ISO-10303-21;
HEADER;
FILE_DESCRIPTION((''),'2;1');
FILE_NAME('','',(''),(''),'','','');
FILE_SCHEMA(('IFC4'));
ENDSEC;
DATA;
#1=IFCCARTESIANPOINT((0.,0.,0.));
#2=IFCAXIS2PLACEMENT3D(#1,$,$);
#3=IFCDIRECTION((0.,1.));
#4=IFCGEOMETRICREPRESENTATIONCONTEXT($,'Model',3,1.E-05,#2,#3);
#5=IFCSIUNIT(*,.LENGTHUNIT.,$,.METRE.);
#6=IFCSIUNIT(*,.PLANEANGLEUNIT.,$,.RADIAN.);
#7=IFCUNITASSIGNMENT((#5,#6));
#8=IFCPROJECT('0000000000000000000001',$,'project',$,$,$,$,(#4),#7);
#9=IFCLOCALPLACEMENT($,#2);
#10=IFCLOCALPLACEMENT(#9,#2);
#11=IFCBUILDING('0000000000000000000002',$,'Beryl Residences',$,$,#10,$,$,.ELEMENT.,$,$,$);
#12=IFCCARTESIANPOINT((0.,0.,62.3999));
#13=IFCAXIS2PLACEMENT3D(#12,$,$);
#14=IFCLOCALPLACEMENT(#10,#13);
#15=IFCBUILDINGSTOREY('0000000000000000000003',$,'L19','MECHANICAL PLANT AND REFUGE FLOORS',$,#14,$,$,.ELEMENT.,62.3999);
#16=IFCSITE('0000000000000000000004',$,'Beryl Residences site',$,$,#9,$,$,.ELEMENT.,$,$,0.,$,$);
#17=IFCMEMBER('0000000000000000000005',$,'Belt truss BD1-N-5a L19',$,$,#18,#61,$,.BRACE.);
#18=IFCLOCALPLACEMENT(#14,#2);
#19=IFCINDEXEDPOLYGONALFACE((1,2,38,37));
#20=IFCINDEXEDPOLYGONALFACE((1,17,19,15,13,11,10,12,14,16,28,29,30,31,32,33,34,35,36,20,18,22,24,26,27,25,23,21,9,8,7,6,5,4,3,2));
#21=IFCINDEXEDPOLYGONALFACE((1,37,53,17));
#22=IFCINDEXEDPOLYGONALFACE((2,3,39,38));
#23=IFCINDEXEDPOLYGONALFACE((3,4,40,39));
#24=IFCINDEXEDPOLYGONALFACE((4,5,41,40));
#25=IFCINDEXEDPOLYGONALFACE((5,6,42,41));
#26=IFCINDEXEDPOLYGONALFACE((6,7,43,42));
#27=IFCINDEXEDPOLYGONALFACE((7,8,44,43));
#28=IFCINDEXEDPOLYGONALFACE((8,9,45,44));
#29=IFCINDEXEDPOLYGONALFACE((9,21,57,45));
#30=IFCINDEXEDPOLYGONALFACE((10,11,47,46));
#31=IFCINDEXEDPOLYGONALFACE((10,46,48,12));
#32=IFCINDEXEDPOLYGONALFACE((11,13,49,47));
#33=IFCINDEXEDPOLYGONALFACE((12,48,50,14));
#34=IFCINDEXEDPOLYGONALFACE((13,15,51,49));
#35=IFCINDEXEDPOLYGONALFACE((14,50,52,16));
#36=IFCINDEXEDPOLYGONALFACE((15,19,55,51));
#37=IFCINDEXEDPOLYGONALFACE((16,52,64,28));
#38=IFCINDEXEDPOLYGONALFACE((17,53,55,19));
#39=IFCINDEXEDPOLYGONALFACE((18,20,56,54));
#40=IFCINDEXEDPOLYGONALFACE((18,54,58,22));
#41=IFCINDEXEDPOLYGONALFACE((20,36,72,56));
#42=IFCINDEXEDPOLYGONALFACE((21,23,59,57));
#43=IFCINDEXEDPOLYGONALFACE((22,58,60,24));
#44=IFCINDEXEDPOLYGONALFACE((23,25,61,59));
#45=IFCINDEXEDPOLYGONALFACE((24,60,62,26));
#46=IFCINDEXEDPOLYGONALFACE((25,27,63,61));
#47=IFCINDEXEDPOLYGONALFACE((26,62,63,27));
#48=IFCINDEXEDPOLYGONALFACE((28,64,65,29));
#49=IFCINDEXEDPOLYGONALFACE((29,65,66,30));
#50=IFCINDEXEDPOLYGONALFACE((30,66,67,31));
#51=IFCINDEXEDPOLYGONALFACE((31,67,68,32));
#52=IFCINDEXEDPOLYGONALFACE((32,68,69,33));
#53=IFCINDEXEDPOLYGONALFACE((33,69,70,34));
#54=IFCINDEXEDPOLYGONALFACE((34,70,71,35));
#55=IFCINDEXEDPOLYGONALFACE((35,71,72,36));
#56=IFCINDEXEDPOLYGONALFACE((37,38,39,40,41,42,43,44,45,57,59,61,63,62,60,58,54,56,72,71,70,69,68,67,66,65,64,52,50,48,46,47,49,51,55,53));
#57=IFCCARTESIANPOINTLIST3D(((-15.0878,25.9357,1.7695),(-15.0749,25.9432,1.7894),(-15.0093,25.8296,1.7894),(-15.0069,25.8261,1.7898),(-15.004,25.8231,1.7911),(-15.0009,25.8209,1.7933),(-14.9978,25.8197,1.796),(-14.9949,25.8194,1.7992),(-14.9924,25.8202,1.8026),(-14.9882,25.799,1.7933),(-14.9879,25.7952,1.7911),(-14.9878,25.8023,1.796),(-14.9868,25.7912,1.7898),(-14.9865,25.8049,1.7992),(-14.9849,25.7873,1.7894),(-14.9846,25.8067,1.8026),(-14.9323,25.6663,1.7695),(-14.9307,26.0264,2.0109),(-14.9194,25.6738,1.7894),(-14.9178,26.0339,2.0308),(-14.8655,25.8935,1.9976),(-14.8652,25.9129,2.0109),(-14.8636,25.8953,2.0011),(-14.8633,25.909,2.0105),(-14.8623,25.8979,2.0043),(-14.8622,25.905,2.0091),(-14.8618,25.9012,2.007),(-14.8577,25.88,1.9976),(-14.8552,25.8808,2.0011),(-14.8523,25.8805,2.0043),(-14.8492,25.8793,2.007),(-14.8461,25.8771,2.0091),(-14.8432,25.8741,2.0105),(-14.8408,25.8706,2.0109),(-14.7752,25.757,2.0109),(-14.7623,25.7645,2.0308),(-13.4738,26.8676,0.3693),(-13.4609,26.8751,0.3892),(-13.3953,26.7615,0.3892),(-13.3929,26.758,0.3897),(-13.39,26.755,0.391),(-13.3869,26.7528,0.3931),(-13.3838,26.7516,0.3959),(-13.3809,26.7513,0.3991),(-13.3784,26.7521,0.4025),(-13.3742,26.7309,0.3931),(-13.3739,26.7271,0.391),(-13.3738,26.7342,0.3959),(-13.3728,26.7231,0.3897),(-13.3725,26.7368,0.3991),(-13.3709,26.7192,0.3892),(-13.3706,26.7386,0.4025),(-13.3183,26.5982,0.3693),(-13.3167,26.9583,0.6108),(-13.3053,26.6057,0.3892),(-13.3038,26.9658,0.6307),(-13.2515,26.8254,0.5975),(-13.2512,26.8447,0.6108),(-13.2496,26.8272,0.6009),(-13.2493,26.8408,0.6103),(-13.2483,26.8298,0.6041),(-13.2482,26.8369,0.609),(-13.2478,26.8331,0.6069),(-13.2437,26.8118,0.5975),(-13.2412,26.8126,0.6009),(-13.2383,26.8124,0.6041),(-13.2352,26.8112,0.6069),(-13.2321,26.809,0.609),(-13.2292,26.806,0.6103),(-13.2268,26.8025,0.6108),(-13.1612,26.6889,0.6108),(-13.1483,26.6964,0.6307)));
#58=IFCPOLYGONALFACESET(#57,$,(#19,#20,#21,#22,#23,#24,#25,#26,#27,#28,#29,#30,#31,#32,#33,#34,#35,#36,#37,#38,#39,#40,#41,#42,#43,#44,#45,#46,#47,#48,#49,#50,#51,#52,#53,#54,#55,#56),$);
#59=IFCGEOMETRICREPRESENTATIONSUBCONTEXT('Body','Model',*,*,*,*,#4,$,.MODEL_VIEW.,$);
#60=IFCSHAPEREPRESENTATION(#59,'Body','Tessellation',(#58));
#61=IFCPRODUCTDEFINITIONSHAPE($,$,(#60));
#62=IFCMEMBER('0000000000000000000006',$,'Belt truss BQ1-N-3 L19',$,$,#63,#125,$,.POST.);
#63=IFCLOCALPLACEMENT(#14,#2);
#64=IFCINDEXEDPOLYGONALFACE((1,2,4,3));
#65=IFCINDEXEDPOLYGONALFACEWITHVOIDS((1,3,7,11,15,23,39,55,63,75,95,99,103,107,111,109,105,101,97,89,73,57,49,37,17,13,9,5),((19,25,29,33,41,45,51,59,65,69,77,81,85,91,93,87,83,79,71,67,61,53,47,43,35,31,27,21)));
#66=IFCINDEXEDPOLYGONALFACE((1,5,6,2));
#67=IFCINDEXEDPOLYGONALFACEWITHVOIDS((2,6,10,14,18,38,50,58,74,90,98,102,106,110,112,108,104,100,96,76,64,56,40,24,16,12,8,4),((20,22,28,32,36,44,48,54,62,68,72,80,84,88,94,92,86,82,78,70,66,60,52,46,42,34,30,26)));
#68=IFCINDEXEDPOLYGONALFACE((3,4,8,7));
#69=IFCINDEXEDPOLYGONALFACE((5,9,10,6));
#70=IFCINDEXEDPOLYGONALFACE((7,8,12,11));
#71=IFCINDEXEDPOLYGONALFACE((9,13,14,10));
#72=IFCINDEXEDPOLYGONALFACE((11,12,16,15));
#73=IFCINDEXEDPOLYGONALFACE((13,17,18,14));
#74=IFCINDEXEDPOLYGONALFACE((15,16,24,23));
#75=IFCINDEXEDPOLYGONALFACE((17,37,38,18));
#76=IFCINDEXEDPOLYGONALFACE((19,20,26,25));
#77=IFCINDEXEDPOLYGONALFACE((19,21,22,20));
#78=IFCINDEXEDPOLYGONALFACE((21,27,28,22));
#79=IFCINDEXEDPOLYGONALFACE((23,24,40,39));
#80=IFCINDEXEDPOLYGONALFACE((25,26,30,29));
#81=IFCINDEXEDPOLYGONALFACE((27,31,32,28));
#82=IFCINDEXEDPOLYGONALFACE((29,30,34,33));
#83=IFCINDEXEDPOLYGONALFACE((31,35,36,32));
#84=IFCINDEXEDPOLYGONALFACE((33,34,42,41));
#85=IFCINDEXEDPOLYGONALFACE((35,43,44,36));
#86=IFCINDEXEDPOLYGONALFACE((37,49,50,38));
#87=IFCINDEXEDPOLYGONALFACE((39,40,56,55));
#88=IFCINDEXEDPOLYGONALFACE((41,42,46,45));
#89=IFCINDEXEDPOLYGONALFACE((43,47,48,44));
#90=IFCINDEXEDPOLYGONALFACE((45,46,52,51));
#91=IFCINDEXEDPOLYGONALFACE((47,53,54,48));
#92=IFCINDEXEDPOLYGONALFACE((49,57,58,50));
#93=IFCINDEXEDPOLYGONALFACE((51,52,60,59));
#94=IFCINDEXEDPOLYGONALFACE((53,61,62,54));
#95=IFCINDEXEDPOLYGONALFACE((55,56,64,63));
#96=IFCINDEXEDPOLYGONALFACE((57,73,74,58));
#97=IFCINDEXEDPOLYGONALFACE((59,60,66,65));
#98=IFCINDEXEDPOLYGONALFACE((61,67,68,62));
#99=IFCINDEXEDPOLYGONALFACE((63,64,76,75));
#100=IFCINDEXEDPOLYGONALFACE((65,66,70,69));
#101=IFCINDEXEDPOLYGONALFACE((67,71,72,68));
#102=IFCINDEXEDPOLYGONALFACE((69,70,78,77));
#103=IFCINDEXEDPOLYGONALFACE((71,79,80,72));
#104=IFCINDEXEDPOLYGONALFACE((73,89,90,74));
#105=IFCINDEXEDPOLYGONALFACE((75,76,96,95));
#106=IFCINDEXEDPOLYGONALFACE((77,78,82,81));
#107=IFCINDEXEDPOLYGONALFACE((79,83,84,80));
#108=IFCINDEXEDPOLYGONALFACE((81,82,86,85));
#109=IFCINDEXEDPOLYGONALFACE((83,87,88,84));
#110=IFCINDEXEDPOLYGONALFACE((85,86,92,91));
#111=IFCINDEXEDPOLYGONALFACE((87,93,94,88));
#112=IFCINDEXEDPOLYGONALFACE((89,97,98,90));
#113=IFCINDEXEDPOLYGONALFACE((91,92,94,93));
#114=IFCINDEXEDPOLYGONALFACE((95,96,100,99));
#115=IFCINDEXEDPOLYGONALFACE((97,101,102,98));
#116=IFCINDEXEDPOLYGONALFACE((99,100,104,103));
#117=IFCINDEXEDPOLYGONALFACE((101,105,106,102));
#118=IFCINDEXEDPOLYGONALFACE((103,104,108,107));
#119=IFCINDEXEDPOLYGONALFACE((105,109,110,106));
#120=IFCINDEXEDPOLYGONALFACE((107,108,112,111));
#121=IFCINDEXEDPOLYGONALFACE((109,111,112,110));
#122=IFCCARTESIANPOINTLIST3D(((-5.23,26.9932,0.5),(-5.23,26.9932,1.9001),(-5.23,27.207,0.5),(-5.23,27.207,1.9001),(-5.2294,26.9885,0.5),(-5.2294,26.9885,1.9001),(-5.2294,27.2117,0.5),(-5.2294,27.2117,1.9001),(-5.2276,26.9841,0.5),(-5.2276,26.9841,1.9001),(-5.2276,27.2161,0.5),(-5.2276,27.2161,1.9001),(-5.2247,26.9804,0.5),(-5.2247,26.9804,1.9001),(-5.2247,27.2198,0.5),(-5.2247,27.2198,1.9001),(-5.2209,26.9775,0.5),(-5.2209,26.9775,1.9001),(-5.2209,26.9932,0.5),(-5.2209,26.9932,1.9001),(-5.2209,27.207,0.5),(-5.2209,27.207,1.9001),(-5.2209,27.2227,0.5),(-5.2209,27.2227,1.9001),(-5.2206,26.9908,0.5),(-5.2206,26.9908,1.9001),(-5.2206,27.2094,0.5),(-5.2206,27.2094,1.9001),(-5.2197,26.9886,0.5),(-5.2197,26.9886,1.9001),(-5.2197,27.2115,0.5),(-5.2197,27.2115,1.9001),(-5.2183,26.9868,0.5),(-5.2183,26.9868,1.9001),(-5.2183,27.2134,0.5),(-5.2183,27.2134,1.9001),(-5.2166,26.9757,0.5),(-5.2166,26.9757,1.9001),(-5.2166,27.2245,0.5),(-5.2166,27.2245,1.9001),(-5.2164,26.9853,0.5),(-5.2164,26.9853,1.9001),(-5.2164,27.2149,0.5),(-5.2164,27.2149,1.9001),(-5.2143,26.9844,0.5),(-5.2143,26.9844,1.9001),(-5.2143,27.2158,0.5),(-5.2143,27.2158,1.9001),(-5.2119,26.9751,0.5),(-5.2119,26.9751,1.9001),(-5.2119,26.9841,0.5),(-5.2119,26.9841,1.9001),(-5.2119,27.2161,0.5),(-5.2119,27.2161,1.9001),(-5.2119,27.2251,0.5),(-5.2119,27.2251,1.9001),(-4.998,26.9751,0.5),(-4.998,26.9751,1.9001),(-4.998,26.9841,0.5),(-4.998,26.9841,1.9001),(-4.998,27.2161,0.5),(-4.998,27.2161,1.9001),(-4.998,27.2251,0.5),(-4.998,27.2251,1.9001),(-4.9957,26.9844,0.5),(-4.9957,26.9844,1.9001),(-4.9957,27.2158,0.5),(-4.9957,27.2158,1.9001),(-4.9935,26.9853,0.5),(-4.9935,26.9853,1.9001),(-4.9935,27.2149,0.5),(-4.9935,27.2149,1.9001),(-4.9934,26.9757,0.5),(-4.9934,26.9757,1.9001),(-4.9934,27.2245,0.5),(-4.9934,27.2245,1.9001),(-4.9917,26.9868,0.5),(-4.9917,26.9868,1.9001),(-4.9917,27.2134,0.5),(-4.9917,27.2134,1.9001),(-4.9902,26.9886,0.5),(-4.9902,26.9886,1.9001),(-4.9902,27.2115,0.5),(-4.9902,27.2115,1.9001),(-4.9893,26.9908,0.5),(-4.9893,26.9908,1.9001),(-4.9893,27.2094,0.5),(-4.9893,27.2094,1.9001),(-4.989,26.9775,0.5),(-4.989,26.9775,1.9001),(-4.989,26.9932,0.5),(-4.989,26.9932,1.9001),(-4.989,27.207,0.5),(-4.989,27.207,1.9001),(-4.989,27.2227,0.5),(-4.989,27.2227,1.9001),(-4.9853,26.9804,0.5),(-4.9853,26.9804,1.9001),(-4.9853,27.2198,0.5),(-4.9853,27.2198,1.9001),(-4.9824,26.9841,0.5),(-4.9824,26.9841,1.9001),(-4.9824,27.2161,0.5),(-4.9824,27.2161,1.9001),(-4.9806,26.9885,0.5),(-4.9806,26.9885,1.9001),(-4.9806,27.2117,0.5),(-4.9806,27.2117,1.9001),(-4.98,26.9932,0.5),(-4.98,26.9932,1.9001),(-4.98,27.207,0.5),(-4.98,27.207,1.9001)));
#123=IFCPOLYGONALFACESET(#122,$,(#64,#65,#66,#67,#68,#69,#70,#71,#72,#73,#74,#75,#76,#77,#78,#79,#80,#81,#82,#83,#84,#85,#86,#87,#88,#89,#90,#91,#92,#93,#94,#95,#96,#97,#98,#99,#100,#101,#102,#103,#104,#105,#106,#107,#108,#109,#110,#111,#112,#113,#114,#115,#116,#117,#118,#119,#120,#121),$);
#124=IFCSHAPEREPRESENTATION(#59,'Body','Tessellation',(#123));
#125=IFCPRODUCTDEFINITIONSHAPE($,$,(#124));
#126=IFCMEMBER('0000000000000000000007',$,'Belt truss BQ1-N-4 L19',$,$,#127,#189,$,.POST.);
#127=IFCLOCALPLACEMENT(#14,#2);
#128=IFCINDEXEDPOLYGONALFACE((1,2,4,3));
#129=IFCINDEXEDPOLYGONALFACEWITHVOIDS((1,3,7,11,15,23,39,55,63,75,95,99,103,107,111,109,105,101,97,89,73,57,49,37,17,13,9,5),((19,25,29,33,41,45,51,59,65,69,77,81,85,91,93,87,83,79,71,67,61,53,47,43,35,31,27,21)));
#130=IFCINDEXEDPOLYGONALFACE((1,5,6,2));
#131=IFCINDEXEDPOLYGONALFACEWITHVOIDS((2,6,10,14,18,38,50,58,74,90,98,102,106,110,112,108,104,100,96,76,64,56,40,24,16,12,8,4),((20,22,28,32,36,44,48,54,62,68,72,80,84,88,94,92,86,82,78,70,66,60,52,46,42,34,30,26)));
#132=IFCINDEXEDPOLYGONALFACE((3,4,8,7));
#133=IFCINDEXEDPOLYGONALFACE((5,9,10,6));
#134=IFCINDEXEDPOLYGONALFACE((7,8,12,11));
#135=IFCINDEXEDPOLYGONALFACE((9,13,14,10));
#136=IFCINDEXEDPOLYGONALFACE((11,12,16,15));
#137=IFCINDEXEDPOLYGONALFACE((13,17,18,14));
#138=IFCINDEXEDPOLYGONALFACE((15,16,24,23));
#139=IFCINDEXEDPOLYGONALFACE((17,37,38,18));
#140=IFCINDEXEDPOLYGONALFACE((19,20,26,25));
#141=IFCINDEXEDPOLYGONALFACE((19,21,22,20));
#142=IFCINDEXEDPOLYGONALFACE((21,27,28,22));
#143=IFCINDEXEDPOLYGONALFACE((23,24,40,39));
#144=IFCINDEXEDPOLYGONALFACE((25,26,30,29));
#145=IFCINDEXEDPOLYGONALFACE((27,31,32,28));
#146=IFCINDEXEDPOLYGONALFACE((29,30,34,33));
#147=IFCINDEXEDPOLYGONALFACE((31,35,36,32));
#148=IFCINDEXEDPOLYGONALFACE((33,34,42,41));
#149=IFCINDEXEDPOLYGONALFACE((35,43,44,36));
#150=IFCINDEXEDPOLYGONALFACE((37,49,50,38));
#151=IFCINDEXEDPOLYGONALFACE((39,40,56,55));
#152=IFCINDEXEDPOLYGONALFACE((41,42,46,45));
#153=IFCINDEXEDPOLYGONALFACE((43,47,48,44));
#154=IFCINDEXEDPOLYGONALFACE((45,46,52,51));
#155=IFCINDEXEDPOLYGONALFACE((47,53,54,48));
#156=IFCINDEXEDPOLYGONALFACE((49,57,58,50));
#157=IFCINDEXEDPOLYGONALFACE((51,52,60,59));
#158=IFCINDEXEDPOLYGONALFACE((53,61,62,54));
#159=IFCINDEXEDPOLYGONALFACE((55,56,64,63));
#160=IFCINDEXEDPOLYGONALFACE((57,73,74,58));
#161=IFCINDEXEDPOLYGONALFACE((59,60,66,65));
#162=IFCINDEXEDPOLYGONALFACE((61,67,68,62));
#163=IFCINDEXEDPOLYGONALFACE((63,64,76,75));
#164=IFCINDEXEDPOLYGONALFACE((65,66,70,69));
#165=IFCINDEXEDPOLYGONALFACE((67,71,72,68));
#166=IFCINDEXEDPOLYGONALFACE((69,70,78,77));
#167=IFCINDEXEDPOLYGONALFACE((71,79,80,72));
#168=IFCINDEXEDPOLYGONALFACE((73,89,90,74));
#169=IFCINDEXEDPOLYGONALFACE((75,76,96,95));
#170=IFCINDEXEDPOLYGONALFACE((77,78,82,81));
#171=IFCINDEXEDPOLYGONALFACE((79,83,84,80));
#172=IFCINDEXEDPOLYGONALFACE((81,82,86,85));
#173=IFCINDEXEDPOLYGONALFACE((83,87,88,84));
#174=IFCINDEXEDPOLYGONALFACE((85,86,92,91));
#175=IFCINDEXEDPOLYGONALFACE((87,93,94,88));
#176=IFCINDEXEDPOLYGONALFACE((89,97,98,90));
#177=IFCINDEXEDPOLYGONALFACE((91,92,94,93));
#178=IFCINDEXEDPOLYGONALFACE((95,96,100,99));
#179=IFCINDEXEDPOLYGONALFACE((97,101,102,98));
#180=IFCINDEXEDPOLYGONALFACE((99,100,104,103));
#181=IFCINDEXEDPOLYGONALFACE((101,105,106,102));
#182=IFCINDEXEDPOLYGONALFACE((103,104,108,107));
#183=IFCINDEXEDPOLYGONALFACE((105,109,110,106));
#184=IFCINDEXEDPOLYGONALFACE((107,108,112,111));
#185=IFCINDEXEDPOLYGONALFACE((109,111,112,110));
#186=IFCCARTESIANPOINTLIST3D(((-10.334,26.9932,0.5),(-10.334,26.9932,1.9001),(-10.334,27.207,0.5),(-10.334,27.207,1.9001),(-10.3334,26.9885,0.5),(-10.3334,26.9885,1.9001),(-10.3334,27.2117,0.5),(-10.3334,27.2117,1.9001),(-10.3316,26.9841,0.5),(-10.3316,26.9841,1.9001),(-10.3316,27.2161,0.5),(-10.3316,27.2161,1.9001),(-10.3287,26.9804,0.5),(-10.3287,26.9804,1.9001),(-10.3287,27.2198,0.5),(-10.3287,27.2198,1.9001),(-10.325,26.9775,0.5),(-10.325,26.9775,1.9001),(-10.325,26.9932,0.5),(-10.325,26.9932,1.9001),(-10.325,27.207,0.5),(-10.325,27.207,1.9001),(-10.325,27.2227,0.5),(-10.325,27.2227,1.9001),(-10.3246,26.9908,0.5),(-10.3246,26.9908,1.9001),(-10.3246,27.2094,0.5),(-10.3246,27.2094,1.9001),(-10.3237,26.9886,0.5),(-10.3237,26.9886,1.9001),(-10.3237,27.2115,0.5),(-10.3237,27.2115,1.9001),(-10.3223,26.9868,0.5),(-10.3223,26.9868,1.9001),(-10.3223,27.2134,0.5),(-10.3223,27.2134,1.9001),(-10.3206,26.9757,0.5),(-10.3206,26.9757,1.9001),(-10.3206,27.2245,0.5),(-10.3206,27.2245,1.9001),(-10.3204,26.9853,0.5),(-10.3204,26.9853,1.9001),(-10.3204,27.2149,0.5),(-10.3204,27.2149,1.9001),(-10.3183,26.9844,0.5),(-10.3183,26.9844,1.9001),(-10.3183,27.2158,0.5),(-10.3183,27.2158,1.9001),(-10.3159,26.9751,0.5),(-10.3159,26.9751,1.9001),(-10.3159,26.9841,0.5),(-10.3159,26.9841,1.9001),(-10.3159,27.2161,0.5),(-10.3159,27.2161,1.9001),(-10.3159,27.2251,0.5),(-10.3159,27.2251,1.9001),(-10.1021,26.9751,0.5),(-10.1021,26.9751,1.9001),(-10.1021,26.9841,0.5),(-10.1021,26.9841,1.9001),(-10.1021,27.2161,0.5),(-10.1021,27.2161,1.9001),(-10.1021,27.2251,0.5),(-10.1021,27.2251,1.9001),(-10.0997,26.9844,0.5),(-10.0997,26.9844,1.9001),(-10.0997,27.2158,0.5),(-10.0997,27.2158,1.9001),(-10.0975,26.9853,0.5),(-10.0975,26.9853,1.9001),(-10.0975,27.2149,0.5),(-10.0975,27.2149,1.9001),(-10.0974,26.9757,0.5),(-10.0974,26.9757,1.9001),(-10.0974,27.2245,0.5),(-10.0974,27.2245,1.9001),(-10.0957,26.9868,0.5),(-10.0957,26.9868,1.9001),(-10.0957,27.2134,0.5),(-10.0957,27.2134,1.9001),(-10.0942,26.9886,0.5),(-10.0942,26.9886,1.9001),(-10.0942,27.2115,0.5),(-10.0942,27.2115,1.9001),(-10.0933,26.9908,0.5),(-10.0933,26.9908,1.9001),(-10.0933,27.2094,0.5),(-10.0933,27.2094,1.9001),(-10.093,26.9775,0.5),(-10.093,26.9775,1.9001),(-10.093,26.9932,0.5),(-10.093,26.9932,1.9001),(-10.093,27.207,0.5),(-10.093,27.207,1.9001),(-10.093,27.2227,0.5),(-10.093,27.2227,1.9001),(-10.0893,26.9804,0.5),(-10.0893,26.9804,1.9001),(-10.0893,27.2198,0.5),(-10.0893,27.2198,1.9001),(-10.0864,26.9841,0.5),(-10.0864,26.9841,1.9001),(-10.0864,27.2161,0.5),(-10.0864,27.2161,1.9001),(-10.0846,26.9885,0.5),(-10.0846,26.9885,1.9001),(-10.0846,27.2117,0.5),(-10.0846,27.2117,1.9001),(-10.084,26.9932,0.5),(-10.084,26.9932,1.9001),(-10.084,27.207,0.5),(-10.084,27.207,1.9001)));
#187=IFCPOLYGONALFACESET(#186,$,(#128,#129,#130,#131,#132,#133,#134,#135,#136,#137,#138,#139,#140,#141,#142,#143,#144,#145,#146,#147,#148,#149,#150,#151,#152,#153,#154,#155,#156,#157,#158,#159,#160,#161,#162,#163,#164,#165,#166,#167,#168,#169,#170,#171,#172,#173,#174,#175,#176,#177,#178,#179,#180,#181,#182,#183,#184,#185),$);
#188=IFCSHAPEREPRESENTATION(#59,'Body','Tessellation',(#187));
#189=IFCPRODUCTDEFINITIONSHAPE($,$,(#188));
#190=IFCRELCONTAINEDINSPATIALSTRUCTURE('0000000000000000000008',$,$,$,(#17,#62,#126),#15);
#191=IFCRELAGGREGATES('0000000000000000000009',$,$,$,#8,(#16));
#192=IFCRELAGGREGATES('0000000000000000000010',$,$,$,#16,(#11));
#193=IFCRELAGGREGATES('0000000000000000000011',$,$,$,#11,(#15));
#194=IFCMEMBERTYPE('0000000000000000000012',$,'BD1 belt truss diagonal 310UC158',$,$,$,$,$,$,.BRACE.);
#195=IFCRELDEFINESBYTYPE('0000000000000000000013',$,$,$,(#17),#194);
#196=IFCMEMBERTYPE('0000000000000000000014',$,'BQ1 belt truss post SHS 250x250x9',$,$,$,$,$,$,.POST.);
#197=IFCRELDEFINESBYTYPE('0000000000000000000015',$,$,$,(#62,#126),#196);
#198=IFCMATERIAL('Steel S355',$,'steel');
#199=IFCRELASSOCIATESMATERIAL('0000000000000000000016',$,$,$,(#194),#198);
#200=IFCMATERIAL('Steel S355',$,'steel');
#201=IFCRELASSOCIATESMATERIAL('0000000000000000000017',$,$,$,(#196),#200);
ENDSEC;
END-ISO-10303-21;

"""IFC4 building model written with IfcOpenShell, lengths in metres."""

from ifc_helpers import new_model, si_unit, direction, frame, origin, origin_2d, place, context, subcontext, project, spatial, hollow_rectangle, i_section, extrude, material, material_profile, profile_set, type_object, element, save


model = new_model("IFC4")

# Units and contexts
model_context = context("Model", 3, precision=1e-05, world=origin(), true_north=direction((0.0, 1.0)))
body_context = subcontext(model_context, "Body", "Model", "MODEL_VIEW")
ifc_project = project(units=[si_unit("LENGTHUNIT", "METRE"), si_unit("PLANEANGLEUNIT", "RADIAN")], contexts=[model_context])

# Site, building, storey
site_placement = place(None, origin())
site = spatial("IfcSite", under=ifc_project, at=site_placement, Name="Beryl Residences site", CompositionType="ELEMENT", RefElevation=0.0)
building_placement = place(site_placement, origin())
building = spatial("IfcBuilding", under=site, at=building_placement, Name="Beryl Residences", CompositionType="ELEMENT")
storey_placement = place(building_placement, frame((0.0, 0.0, 62.3999)))
storey = spatial("IfcBuildingStorey", under=building, at=storey_placement, Name="L19", Description="MECHANICAL PLANT AND REFUGE FLOORS", CompositionType="ELEMENT", Elevation=62.3999)

# Members
ifc_material_1 = material(Name="Steel S355", Category="steel")
ifc_material_profile_1 = material_profile(ifc_material_1, i_section(OverallWidth=0.311, OverallDepth=0.3269, WebThickness=0.0156, FlangeThickness=0.0249, FilletRadius=0.0166, at=origin_2d()))
ifc_profile_set_1 = profile_set([ifc_material_profile_1], Name="Steel S355")
member_type_1 = type_object("IfcMemberType", Name="BD1 belt truss diagonal 310UC158", PredefinedType="BRACE", material=ifc_profile_set_1)
member_1_placement = place(storey_placement, frame((-13.311, 26.782, 0.5), z_axis=(-0.692394, -0.399768, 0.600647), x_axis=(0.500013, -0.866018, 0.0)))
element("IfcMember", 1, at=member_1_placement, inside=storey, type_object=member_type_1, Name="Belt truss BD1-N-5a L19", PredefinedType="BRACE", context=body_context, shape_type="SweptSolid", body=[
    extrude(i_section(OverallWidth=0.311, OverallDepth=0.3269, WebThickness=0.0156, FlangeThickness=0.0249, FilletRadius=0.0166, at=origin_2d()), origin(), (0.0, 0.0, 1.0), 2.3311),
])
ifc_material_2 = material(Name="Steel S355", Category="steel")
ifc_material_profile_2 = material_profile(ifc_material_2, hollow_rectangle(XDim=0.25, YDim=0.25, WallThickness=0.009, InnerFilletRadius=0.009, OuterFilletRadius=0.0181, at=origin_2d()))
ifc_profile_set_2 = profile_set([ifc_material_profile_2], Name="Steel S355")
member_type_2 = type_object("IfcMemberType", Name="BQ1 belt truss post SHS 250x250x9", PredefinedType="POST", material=ifc_profile_set_2)
for number, where, z_axis, x_axis, name in (
    (2, (-5.105, 27.1001, 0.5), (0.0, 0.0, 1.0), (1.0, 0.0, 0.0), "Belt truss BQ1-N-3 L19"),
    (3, (-10.209, 27.1001, 0.5), (0.0, 0.0, 1.0), (1.0, 0.0, 0.0), "Belt truss BQ1-N-4 L19"),
):
    element("IfcMember", number, at=place(storey_placement, frame(where, z_axis=z_axis, x_axis=x_axis)), inside=storey, type_object=member_type_2, Name=name, PredefinedType="POST", context=body_context, shape_type="SweptSolid", body=[
        extrude(hollow_rectangle(XDim=0.25, YDim=0.25, WallThickness=0.009, InnerFilletRadius=0.009, OuterFilletRadius=0.0181, at=origin_2d()), origin(), (0.0, 0.0, 1.0), 1.4001),
    ])

save(model, "model.ifc")
